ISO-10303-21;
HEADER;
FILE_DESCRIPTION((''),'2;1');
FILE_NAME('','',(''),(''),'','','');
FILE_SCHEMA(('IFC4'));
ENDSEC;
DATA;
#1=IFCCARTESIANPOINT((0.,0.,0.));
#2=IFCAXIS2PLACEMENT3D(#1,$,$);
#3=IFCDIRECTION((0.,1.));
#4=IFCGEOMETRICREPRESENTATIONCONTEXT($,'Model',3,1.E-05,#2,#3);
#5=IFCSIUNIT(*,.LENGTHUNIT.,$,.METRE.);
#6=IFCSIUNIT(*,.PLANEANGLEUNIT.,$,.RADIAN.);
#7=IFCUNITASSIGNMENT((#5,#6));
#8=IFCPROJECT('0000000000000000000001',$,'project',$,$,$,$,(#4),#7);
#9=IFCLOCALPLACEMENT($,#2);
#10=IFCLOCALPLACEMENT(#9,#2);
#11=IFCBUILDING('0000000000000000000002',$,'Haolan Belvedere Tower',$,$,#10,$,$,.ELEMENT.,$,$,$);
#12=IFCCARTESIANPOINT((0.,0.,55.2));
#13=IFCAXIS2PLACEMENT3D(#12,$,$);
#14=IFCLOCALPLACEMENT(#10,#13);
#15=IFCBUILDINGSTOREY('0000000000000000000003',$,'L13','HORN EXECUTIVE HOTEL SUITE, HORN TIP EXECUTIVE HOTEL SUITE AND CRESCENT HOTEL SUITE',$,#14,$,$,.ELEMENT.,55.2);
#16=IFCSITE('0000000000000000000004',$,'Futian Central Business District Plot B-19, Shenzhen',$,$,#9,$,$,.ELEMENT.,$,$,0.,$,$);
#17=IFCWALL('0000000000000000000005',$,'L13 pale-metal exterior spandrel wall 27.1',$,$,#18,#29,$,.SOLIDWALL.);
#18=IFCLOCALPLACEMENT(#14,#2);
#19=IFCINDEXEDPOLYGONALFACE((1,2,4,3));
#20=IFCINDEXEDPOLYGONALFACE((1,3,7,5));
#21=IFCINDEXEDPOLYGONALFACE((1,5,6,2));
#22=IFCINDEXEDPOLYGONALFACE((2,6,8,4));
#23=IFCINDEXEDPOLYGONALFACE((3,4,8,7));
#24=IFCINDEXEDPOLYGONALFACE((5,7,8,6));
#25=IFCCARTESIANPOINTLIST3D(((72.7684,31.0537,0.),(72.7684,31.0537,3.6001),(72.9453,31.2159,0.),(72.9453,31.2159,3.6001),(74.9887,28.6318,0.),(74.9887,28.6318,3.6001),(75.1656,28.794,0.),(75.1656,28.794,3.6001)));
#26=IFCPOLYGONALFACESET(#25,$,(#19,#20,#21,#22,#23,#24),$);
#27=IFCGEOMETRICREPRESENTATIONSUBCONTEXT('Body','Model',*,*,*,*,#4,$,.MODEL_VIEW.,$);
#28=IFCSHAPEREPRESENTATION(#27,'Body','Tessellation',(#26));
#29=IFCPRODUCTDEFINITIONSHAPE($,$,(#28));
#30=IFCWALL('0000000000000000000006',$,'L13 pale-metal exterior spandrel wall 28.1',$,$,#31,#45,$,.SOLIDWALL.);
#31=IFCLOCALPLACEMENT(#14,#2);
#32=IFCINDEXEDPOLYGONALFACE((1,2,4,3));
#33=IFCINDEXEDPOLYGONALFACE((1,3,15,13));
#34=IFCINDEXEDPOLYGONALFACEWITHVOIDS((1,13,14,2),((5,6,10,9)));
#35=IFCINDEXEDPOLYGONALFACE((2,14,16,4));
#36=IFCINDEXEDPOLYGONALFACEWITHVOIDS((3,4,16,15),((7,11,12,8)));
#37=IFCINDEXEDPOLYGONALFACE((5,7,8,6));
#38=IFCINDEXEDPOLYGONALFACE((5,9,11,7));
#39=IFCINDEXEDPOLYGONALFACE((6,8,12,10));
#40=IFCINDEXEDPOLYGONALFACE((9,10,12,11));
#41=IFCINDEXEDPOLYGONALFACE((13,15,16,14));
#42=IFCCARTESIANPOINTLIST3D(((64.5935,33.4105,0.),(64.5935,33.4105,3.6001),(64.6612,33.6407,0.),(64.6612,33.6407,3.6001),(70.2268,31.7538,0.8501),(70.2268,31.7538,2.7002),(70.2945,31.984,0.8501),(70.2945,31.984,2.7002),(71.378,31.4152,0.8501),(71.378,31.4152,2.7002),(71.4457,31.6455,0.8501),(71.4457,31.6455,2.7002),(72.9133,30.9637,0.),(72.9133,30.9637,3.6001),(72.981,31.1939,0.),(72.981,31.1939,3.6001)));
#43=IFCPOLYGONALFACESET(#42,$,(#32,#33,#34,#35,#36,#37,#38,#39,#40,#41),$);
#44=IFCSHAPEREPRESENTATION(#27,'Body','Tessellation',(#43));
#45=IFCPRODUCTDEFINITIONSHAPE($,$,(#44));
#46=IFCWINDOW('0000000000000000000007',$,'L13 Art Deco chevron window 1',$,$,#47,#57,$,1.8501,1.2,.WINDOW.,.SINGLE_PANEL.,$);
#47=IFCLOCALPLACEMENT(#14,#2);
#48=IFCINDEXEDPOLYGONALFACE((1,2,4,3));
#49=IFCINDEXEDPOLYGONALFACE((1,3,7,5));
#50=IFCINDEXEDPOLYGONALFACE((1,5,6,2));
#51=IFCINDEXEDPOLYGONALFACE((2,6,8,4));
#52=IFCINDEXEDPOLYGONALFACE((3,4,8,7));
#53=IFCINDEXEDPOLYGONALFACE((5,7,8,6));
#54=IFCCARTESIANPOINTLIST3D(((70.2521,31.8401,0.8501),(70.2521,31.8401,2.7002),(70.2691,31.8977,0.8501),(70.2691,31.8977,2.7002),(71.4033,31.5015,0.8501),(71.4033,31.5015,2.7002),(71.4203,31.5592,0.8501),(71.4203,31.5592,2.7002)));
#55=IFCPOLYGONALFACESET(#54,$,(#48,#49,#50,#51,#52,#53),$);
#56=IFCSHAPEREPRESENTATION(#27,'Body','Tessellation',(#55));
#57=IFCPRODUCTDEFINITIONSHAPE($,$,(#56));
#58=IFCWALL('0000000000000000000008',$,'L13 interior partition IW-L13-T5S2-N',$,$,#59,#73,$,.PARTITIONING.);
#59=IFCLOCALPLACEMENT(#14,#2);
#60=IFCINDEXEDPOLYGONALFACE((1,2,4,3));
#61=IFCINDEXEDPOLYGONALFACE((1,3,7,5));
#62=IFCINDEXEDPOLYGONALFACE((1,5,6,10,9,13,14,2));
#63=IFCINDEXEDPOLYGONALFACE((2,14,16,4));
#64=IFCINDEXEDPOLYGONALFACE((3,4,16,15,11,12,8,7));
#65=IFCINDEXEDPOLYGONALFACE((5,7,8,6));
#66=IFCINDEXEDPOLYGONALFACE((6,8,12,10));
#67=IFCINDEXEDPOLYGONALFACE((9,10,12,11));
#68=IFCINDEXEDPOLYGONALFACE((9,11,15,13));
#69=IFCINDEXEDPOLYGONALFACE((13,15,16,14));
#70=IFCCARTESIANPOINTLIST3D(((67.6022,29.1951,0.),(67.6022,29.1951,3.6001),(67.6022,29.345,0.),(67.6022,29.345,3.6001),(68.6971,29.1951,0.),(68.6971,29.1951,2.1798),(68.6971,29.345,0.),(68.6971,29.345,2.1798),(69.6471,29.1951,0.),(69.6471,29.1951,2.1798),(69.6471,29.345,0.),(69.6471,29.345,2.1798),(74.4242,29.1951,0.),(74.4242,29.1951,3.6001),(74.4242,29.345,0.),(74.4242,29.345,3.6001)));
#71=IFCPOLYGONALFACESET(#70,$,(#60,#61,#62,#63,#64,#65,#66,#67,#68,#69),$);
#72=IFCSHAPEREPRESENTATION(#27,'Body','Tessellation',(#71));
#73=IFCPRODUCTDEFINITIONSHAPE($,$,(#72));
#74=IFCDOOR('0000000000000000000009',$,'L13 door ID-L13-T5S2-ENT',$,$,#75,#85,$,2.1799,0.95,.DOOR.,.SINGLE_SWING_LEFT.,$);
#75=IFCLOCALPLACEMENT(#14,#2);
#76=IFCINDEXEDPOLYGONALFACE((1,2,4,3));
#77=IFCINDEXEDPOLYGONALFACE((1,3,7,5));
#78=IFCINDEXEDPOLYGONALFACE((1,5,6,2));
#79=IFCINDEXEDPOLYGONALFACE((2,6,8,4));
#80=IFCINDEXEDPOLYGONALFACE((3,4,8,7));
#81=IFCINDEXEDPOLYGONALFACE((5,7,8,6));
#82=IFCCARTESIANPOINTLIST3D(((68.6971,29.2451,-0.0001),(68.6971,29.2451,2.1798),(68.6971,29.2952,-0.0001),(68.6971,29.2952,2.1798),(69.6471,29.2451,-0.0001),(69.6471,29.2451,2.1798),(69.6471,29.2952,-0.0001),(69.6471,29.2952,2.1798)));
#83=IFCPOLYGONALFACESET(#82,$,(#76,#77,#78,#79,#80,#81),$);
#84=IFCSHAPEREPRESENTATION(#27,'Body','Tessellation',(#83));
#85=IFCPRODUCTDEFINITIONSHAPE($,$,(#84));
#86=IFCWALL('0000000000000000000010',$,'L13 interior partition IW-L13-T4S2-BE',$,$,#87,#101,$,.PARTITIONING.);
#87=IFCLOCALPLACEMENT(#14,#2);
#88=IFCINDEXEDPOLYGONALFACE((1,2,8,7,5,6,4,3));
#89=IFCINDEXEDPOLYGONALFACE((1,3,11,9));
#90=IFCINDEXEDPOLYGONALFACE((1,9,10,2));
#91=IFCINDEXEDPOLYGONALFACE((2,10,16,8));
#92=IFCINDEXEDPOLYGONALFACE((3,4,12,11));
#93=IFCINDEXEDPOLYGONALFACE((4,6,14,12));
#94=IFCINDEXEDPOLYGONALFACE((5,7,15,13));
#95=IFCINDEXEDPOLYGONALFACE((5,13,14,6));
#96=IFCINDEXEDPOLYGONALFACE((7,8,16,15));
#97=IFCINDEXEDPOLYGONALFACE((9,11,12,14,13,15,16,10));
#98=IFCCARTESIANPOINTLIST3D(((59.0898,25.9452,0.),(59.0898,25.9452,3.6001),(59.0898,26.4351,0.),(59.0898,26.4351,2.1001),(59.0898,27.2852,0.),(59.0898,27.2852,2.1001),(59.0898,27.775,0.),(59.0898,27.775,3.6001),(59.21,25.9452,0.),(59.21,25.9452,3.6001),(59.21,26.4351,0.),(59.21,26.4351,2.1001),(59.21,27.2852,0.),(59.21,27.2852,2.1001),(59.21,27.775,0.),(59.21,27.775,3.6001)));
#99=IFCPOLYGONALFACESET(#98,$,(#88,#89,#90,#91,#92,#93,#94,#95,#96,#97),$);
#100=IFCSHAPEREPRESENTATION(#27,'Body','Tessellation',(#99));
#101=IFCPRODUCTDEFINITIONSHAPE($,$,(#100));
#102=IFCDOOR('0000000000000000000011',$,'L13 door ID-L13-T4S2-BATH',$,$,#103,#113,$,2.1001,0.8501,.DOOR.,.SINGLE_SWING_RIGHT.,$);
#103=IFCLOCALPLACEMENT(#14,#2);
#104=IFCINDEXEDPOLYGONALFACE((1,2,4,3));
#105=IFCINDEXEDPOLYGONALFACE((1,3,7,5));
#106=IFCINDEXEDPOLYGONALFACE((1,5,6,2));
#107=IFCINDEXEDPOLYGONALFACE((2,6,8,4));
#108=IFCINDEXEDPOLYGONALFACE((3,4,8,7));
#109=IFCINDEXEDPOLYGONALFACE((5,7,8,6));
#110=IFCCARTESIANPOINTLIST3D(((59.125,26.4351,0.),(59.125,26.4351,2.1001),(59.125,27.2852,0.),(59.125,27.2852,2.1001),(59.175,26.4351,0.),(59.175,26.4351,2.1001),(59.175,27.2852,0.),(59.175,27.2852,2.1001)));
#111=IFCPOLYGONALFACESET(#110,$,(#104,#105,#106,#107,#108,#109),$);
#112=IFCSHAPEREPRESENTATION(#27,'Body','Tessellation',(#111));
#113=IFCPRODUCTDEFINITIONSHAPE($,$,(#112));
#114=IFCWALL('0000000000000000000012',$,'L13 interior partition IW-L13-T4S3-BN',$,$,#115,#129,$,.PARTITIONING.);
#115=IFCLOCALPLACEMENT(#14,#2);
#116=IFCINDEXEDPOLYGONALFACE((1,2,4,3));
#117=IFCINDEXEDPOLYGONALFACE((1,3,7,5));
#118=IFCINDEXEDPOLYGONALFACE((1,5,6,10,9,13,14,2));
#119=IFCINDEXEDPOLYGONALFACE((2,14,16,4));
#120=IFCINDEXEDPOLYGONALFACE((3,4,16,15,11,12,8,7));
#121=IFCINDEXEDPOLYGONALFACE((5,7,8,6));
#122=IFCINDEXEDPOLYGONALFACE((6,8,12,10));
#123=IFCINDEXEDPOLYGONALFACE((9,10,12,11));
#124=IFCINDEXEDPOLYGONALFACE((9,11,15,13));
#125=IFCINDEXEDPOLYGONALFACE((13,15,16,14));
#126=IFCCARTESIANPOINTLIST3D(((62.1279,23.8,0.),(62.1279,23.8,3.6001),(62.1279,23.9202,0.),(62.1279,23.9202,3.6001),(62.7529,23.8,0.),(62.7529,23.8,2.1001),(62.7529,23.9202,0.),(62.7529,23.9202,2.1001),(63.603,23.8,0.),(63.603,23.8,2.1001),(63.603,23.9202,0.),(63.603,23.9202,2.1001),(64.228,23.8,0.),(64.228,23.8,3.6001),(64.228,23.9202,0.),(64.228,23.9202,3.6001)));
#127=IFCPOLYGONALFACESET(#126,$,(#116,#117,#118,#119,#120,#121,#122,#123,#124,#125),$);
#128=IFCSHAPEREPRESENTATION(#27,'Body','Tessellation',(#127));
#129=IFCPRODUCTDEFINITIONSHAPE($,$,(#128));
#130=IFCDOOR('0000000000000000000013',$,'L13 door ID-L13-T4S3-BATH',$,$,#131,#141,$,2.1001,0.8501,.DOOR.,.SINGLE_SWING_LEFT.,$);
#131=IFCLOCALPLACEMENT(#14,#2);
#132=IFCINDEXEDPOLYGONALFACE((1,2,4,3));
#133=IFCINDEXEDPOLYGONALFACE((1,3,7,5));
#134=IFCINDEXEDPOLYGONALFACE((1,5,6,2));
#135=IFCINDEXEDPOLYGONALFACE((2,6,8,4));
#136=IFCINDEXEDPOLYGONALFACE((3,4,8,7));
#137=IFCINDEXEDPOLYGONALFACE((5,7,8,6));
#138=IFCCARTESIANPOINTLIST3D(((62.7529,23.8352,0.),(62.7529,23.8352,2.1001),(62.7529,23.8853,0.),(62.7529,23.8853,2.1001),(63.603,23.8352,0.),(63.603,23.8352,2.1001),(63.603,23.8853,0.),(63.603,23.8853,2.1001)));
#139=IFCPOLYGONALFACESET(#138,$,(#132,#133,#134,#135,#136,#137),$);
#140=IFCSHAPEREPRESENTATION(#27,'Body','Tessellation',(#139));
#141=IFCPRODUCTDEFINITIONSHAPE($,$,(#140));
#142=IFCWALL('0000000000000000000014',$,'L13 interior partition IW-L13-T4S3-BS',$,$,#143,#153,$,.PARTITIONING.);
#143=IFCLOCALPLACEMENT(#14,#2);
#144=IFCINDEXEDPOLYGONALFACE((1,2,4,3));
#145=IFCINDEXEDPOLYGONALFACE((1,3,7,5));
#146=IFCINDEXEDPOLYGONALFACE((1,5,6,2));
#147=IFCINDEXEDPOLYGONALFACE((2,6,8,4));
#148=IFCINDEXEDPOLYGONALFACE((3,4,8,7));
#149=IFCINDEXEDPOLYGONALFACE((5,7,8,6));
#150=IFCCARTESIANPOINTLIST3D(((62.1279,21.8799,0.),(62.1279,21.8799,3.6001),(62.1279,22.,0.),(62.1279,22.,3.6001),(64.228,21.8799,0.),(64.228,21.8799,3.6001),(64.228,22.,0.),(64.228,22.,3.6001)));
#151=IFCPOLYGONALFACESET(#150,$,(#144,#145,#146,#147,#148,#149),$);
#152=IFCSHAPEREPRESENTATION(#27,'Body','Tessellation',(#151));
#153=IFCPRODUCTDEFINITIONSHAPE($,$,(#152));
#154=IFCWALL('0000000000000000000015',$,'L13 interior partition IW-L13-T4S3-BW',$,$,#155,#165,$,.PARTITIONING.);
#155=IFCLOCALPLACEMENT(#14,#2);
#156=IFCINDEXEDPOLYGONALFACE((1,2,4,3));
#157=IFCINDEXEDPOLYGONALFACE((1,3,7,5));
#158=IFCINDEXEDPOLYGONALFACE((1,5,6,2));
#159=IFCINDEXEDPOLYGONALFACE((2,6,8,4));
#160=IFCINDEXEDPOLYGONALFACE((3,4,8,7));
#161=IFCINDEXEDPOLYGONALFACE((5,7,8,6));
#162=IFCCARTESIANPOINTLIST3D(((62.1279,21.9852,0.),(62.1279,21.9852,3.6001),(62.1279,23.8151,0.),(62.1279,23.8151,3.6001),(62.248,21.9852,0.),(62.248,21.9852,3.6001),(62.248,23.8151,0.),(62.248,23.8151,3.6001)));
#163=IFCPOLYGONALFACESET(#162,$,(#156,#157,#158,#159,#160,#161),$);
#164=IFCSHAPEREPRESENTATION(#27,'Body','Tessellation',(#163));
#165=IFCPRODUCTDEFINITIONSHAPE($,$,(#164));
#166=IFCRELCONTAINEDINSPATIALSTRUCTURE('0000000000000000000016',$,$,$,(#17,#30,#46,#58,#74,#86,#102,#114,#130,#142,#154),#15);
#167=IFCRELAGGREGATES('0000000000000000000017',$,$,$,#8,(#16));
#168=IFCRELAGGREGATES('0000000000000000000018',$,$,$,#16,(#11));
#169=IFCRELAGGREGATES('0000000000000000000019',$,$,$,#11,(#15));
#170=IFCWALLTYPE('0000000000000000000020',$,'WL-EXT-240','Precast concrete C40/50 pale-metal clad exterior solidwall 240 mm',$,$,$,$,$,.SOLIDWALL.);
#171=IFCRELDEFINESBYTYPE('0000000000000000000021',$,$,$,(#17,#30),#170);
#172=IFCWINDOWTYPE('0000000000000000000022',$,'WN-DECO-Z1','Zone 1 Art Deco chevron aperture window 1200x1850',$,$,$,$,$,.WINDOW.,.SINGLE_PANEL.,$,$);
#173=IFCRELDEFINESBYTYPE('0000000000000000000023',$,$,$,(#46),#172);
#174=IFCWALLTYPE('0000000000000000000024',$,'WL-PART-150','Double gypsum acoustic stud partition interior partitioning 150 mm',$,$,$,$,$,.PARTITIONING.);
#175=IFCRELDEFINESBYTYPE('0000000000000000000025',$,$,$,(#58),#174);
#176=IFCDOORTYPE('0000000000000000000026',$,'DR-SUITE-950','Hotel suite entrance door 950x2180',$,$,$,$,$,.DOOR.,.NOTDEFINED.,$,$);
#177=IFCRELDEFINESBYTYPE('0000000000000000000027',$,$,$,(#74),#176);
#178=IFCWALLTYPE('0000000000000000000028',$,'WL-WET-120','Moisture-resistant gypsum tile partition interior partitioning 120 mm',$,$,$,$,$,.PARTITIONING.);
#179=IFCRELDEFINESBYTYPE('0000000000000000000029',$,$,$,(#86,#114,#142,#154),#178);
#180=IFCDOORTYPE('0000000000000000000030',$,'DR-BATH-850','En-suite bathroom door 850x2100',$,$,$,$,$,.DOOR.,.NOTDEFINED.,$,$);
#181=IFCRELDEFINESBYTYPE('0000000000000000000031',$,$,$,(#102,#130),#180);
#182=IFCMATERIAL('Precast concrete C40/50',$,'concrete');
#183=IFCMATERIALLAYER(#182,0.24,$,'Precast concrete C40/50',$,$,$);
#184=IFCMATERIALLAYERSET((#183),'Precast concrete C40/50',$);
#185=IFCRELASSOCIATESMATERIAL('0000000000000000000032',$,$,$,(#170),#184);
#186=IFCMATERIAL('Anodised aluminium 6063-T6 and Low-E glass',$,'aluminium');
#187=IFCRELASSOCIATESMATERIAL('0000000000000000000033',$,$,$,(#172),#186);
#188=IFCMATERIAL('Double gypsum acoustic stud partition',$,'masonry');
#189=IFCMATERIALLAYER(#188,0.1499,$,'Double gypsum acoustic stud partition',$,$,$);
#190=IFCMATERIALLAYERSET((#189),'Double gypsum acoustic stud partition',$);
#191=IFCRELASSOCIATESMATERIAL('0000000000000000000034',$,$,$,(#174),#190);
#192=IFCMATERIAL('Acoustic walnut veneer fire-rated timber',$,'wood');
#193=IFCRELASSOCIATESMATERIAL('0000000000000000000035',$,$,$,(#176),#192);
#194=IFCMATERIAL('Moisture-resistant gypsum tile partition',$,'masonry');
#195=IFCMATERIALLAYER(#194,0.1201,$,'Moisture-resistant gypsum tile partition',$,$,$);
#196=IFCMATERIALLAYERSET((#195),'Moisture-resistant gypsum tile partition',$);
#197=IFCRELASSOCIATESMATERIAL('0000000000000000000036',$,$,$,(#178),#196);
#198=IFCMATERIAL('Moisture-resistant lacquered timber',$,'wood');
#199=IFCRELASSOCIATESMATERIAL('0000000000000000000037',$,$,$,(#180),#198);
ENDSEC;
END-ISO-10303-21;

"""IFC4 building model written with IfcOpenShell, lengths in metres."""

from ifc_helpers import new_model, si_unit, direction, frame, frame_2d, origin, place, context, subcontext, project, spatial, rectangle, extrude, material, layer, layer_set, type_object, element, fill, save


model = new_model("IFC4")

# Units and contexts
model_context = context("Model", 3, precision=1e-05, world=origin(), true_north=direction((0.0, 1.0)))
body_context = subcontext(model_context, "Body", "Model", "MODEL_VIEW")
ifc_project = project(units=[si_unit("LENGTHUNIT", "METRE"), si_unit("PLANEANGLEUNIT", "RADIAN")], contexts=[model_context])

# Site, building, storey
site_placement = place(None, origin())
site = spatial("IfcSite", under=ifc_project, at=site_placement, Name="Futian Central Business District Plot B-19, Shenzhen", CompositionType="ELEMENT", RefElevation=0.0)
building_placement = place(site_placement, origin())
building = spatial("IfcBuilding", under=site, at=building_placement, Name="Haolan Belvedere Tower", CompositionType="ELEMENT")
storey_placement = place(building_placement, frame((0.0, 0.0, 55.2)))
storey = spatial("IfcBuildingStorey", under=building, at=storey_placement, Name="L13", Description="HORN EXECUTIVE HOTEL SUITE, HORN TIP EXECUTIVE HOTEL SUITE AND CRESCENT HOTEL SUITE", CompositionType="ELEMENT", Elevation=55.2)

# Wall
ifc_material_1 = material(Name="Precast concrete C40/50", Category="concrete")
ifc_layer_1 = layer(ifc_material_1, 0.24, Name="Precast concrete C40/50")
ifc_layer_set_1 = layer_set([ifc_layer_1], Name="Precast concrete C40/50")
wall_type_1 = type_object("IfcWallType", Name="WL-EXT-240", Description="Precast concrete C40/50 pale-metal clad exterior solidwall 240 mm", PredefinedType="SOLIDWALL", material=ifc_layer_set_1)
wall_1_placement = place(storey_placement, frame((75.0771, 28.7129, 0.0), z_axis=(0.0, 0.0, 1.0), x_axis=(-0.675752, 0.737129, 0.0)))
element("IfcWall", 1, at=wall_1_placement, inside=storey, type_object=wall_type_1, Name="L13 pale-metal exterior spandrel wall 27.1", PredefinedType="SOLIDWALL", context=body_context, shape_type="SweptSolid", body=[
    extrude(rectangle(XDim=3.2856, YDim=0.24, at=frame_2d((1.6428, 0.0))), origin(), (0.0, 0.0, 1.0), 3.6001),
])

# Wall, opening, window
wall_2_placement = place(storey_placement, frame((72.947, 31.0789, 0.0), z_axis=(0.0, 0.0, 1.0), x_axis=(-0.959373, 0.282142, 0.0)))
wall_2 = element("IfcWall", 2, at=wall_2_placement, inside=storey, type_object=wall_type_1, Name="L13 pale-metal exterior spandrel wall 28.1", PredefinedType="SOLIDWALL", context=body_context, shape_type="SweptSolid", body=[
    extrude(rectangle(XDim=8.6721, YDim=0.24, at=frame_2d((4.3359, 0.0))), origin(), (0.0, 0.0, 1.0), 3.6001),
])
opening_1_placement = place(wall_2_placement, frame((1.6001, 0.0, 0.8501)))
opening_1 = element("IfcOpeningElement", 3, at=opening_1_placement, cuts=wall_2, PredefinedType="OPENING", context=body_context, shape_type="SweptSolid", body=[
    extrude(rectangle(XDim=1.2, YDim=1.8501, at=frame_2d((0.6001, 0.925))), frame((0.0, 0.1299, 0.0), z_axis=(0.0, -1.0, 0.0), x_axis=(1.0, 0.0, 0.0)), (0.0, 0.0, 1.0), 0.26),
])
ifc_material_2 = material(Name="Anodised aluminium 6063-T6 and Low-E glass", Category="aluminium")
window_type = type_object("IfcWindowType", Name="WN-DECO-Z1", Description="Zone 1 Art Deco chevron aperture window 1200x1850", PartitioningType="SINGLE_PANEL", PredefinedType="WINDOW", material=ifc_material_2)
window_placement = place(opening_1_placement, origin())
window = element("IfcWindow", 4, at=window_placement, inside=storey, type_object=window_type, Name="L13 Art Deco chevron window 1", OverallHeight=1.8501, OverallWidth=1.2, PartitioningType="SINGLE_PANEL", PredefinedType="WINDOW", context=body_context, shape_type="SweptSolid", body=[
    extrude(rectangle(XDim=1.2, YDim=1.8501, at=frame_2d((0.6001, 0.925))), frame((0.0, 0.03, 0.0), z_axis=(0.0, -1.0, 0.0), x_axis=(1.0, 0.0, 0.0)), (0.0, 0.0, 1.0), 0.0601),
])
fill(opening_1, window)

# Walls, openings, doors
ifc_material_3 = material(Name="Double gypsum acoustic stud partition", Category="masonry")
ifc_layer_2 = layer(ifc_material_3, 0.1499, Name="Double gypsum acoustic stud partition")
ifc_layer_set_2 = layer_set([ifc_layer_2], Name="Double gypsum acoustic stud partition")
wall_type_2 = type_object("IfcWallType", Name="WL-PART-150", Description="Double gypsum acoustic stud partition interior partitioning 150 mm", PredefinedType="PARTITIONING", material=ifc_layer_set_2)
wall_3_placement = place(storey_placement, frame((67.6021, 29.27, 0.0), z_axis=(0.0, 0.0, 1.0), x_axis=(1.0, 0.0, 0.0)))
wall_3 = element("IfcWall", 5, at=wall_3_placement, inside=storey, type_object=wall_type_2, Name="L13 interior partition IW-L13-T5S2-N", PredefinedType="PARTITIONING", context=body_context, shape_type="SweptSolid", body=[
    extrude(rectangle(XDim=6.822, YDim=0.1499, at=frame_2d((3.4111, 0.0))), origin(), (0.0, 0.0, 1.0), 3.6001),
])
opening_2_placement = place(wall_3_placement, frame((2.0452, 0.0, 0.0), z_axis=(0.0, 0.0, 1.0), x_axis=(-1.0, 0.0, 0.0)))
opening_2 = element("IfcOpeningElement", 6, at=opening_2_placement, cuts=wall_3, PredefinedType="OPENING", context=body_context, shape_type="SweptSolid", body=[
    extrude(rectangle(XDim=0.95, YDim=2.1799, at=frame_2d((0.4751, 1.0898))), frame((0.0, 0.085, 0.0), z_axis=(0.0, -1.0, 0.0), x_axis=(1.0, 0.0, 0.0)), (0.0, 0.0, 1.0), 0.1699),
])
ifc_material_4 = material(Name="Acoustic walnut veneer fire-rated timber", Category="wood")
door_type_1 = type_object("IfcDoorType", Name="DR-SUITE-950", Description="Hotel suite entrance door 950x2180", OperationType="NOTDEFINED", PredefinedType="DOOR", material=ifc_material_4)
door_1_placement = place(opening_2_placement, origin())
door_1 = element("IfcDoor", 7, at=door_1_placement, inside=storey, type_object=door_type_1, Name="L13 door ID-L13-T5S2-ENT", OperationType="SINGLE_SWING_LEFT", OverallHeight=2.1799, OverallWidth=0.95, PredefinedType="DOOR", context=body_context, shape_type="SweptSolid", body=[
    extrude(rectangle(XDim=0.95, YDim=2.1799, at=frame_2d((0.4751, 1.0898))), frame((0.0, 0.0249, 0.0), z_axis=(0.0, -1.0, 0.0), x_axis=(1.0, 0.0, 0.0)), (0.0, 0.0, 1.0), 0.05),
])
fill(opening_2, door_1)
ifc_material_5 = material(Name="Moisture-resistant gypsum tile partition", Category="masonry")
ifc_layer_3 = layer(ifc_material_5, 0.1201, Name="Moisture-resistant gypsum tile partition")
ifc_layer_set_3 = layer_set([ifc_layer_3], Name="Moisture-resistant gypsum tile partition")
wall_type_3 = type_object("IfcWallType", Name="WL-WET-120", Description="Moisture-resistant gypsum tile partition interior partitioning 120 mm", PredefinedType="PARTITIONING", material=ifc_layer_set_3)
wall_4_placement = place(storey_placement, frame((59.1499, 25.9451, 0.0), z_axis=(0.0, 0.0, 1.0), x_axis=(0.0, 1.0, 0.0)))
wall_4 = element("IfcWall", 8, at=wall_4_placement, inside=storey, type_object=wall_type_3, Name="L13 interior partition IW-L13-T4S2-BE", PredefinedType="PARTITIONING", context=body_context, shape_type="SweptSolid", body=[
    extrude(rectangle(XDim=1.8298, YDim=0.1201, at=frame_2d((0.915, 0.0))), origin(), (0.0, 0.0, 1.0), 3.6001),
])
opening_3_placement = place(wall_4_placement, frame((0.49, 0.0, 0.0)))
opening_3 = element("IfcOpeningElement", 9, at=opening_3_placement, cuts=wall_4, PredefinedType="OPENING", context=body_context, shape_type="SweptSolid", body=[
    extrude(rectangle(XDim=0.8501, YDim=2.1001, at=frame_2d((0.425, 1.05))), frame((0.0, 0.0701, 0.0), z_axis=(0.0, -1.0, 0.0), x_axis=(1.0, 0.0, 0.0)), (0.0, 0.0, 1.0), 0.1401),
])
ifc_material_6 = material(Name="Moisture-resistant lacquered timber", Category="wood")
door_type_2 = type_object("IfcDoorType", Name="DR-BATH-850", Description="En-suite bathroom door 850x2100", OperationType="NOTDEFINED", PredefinedType="DOOR", material=ifc_material_6)
door_2_placement = place(opening_3_placement, origin())
door_2 = element("IfcDoor", 10, at=door_2_placement, inside=storey, type_object=door_type_2, Name="L13 door ID-L13-T4S2-BATH", OperationType="SINGLE_SWING_RIGHT", OverallHeight=2.1001, OverallWidth=0.8501, PredefinedType="DOOR", context=body_context, shape_type="SweptSolid", body=[
    extrude(rectangle(XDim=0.8501, YDim=2.1001, at=frame_2d((0.425, 1.05))), frame((0.0, 0.0249, 0.0), z_axis=(0.0, -1.0, 0.0), x_axis=(1.0, 0.0, 0.0)), (0.0, 0.0, 1.0), 0.05),
])
fill(opening_3, door_2)
wall_5_placement = place(storey_placement, frame((62.1279, 23.8601, 0.0), z_axis=(0.0, 0.0, 1.0), x_axis=(1.0, 0.0, 0.0)))
wall_5 = element("IfcWall", 11, at=wall_5_placement, inside=storey, type_object=wall_type_3, Name="L13 interior partition IW-L13-T4S3-BN", PredefinedType="PARTITIONING", context=body_context, shape_type="SweptSolid", body=[
    extrude(rectangle(XDim=2.1001, YDim=0.1201, at=frame_2d((1.05, 0.0))), origin(), (0.0, 0.0, 1.0), 3.6001),
])
opening_4_placement = place(wall_5_placement, frame((1.4751, 0.0, 0.0), z_axis=(0.0, 0.0, 1.0), x_axis=(-1.0, 0.0, 0.0)))
opening_4 = element("IfcOpeningElement", 12, at=opening_4_placement, cuts=wall_5, PredefinedType="OPENING", context=body_context, shape_type="SweptSolid", body=[
    extrude(rectangle(XDim=0.8501, YDim=2.1001, at=frame_2d((0.425, 1.05))), frame((0.0, 0.0701, 0.0), z_axis=(0.0, -1.0, 0.0), x_axis=(1.0, 0.0, 0.0)), (0.0, 0.0, 1.0), 0.1401),
])
door_3_placement = place(opening_4_placement, origin())
door_3 = element("IfcDoor", 13, at=door_3_placement, inside=storey, type_object=door_type_2, Name="L13 door ID-L13-T4S3-BATH", OperationType="SINGLE_SWING_LEFT", OverallHeight=2.1001, OverallWidth=0.8501, PredefinedType="DOOR", context=body_context, shape_type="SweptSolid", body=[
    extrude(rectangle(XDim=0.8501, YDim=2.1001, at=frame_2d((0.425, 1.05))), frame((0.0, 0.0249, 0.0), z_axis=(0.0, -1.0, 0.0), x_axis=(1.0, 0.0, 0.0)), (0.0, 0.0, 1.0), 0.05),
])
fill(opening_4, door_3)

# Walls
wall_6_placement = place(storey_placement, frame((62.1279, 21.9399, 0.0), z_axis=(0.0, 0.0, 1.0), x_axis=(1.0, 0.0, 0.0)))
element("IfcWall", 14, at=wall_6_placement, inside=storey, type_object=wall_type_3, Name="L13 interior partition IW-L13-T4S3-BS", PredefinedType="PARTITIONING", context=body_context, shape_type="SweptSolid", body=[
    extrude(rectangle(XDim=2.1001, YDim=0.1201, at=frame_2d((1.05, 0.0))), origin(), (0.0, 0.0, 1.0), 3.6001),
])
wall_7_placement = place(storey_placement, frame((62.188, 21.9851, 0.0), z_axis=(0.0, 0.0, 1.0), x_axis=(0.0, 1.0, 0.0)))
element("IfcWall", 15, at=wall_7_placement, inside=storey, type_object=wall_type_3, Name="L13 interior partition IW-L13-T4S3-BW", PredefinedType="PARTITIONING", context=body_context, shape_type="SweptSolid", body=[
    extrude(rectangle(XDim=1.8298, YDim=0.1201, at=frame_2d((0.915, 0.0))), origin(), (0.0, 0.0, 1.0), 3.6001),
])

save(model, "model.ifc")
